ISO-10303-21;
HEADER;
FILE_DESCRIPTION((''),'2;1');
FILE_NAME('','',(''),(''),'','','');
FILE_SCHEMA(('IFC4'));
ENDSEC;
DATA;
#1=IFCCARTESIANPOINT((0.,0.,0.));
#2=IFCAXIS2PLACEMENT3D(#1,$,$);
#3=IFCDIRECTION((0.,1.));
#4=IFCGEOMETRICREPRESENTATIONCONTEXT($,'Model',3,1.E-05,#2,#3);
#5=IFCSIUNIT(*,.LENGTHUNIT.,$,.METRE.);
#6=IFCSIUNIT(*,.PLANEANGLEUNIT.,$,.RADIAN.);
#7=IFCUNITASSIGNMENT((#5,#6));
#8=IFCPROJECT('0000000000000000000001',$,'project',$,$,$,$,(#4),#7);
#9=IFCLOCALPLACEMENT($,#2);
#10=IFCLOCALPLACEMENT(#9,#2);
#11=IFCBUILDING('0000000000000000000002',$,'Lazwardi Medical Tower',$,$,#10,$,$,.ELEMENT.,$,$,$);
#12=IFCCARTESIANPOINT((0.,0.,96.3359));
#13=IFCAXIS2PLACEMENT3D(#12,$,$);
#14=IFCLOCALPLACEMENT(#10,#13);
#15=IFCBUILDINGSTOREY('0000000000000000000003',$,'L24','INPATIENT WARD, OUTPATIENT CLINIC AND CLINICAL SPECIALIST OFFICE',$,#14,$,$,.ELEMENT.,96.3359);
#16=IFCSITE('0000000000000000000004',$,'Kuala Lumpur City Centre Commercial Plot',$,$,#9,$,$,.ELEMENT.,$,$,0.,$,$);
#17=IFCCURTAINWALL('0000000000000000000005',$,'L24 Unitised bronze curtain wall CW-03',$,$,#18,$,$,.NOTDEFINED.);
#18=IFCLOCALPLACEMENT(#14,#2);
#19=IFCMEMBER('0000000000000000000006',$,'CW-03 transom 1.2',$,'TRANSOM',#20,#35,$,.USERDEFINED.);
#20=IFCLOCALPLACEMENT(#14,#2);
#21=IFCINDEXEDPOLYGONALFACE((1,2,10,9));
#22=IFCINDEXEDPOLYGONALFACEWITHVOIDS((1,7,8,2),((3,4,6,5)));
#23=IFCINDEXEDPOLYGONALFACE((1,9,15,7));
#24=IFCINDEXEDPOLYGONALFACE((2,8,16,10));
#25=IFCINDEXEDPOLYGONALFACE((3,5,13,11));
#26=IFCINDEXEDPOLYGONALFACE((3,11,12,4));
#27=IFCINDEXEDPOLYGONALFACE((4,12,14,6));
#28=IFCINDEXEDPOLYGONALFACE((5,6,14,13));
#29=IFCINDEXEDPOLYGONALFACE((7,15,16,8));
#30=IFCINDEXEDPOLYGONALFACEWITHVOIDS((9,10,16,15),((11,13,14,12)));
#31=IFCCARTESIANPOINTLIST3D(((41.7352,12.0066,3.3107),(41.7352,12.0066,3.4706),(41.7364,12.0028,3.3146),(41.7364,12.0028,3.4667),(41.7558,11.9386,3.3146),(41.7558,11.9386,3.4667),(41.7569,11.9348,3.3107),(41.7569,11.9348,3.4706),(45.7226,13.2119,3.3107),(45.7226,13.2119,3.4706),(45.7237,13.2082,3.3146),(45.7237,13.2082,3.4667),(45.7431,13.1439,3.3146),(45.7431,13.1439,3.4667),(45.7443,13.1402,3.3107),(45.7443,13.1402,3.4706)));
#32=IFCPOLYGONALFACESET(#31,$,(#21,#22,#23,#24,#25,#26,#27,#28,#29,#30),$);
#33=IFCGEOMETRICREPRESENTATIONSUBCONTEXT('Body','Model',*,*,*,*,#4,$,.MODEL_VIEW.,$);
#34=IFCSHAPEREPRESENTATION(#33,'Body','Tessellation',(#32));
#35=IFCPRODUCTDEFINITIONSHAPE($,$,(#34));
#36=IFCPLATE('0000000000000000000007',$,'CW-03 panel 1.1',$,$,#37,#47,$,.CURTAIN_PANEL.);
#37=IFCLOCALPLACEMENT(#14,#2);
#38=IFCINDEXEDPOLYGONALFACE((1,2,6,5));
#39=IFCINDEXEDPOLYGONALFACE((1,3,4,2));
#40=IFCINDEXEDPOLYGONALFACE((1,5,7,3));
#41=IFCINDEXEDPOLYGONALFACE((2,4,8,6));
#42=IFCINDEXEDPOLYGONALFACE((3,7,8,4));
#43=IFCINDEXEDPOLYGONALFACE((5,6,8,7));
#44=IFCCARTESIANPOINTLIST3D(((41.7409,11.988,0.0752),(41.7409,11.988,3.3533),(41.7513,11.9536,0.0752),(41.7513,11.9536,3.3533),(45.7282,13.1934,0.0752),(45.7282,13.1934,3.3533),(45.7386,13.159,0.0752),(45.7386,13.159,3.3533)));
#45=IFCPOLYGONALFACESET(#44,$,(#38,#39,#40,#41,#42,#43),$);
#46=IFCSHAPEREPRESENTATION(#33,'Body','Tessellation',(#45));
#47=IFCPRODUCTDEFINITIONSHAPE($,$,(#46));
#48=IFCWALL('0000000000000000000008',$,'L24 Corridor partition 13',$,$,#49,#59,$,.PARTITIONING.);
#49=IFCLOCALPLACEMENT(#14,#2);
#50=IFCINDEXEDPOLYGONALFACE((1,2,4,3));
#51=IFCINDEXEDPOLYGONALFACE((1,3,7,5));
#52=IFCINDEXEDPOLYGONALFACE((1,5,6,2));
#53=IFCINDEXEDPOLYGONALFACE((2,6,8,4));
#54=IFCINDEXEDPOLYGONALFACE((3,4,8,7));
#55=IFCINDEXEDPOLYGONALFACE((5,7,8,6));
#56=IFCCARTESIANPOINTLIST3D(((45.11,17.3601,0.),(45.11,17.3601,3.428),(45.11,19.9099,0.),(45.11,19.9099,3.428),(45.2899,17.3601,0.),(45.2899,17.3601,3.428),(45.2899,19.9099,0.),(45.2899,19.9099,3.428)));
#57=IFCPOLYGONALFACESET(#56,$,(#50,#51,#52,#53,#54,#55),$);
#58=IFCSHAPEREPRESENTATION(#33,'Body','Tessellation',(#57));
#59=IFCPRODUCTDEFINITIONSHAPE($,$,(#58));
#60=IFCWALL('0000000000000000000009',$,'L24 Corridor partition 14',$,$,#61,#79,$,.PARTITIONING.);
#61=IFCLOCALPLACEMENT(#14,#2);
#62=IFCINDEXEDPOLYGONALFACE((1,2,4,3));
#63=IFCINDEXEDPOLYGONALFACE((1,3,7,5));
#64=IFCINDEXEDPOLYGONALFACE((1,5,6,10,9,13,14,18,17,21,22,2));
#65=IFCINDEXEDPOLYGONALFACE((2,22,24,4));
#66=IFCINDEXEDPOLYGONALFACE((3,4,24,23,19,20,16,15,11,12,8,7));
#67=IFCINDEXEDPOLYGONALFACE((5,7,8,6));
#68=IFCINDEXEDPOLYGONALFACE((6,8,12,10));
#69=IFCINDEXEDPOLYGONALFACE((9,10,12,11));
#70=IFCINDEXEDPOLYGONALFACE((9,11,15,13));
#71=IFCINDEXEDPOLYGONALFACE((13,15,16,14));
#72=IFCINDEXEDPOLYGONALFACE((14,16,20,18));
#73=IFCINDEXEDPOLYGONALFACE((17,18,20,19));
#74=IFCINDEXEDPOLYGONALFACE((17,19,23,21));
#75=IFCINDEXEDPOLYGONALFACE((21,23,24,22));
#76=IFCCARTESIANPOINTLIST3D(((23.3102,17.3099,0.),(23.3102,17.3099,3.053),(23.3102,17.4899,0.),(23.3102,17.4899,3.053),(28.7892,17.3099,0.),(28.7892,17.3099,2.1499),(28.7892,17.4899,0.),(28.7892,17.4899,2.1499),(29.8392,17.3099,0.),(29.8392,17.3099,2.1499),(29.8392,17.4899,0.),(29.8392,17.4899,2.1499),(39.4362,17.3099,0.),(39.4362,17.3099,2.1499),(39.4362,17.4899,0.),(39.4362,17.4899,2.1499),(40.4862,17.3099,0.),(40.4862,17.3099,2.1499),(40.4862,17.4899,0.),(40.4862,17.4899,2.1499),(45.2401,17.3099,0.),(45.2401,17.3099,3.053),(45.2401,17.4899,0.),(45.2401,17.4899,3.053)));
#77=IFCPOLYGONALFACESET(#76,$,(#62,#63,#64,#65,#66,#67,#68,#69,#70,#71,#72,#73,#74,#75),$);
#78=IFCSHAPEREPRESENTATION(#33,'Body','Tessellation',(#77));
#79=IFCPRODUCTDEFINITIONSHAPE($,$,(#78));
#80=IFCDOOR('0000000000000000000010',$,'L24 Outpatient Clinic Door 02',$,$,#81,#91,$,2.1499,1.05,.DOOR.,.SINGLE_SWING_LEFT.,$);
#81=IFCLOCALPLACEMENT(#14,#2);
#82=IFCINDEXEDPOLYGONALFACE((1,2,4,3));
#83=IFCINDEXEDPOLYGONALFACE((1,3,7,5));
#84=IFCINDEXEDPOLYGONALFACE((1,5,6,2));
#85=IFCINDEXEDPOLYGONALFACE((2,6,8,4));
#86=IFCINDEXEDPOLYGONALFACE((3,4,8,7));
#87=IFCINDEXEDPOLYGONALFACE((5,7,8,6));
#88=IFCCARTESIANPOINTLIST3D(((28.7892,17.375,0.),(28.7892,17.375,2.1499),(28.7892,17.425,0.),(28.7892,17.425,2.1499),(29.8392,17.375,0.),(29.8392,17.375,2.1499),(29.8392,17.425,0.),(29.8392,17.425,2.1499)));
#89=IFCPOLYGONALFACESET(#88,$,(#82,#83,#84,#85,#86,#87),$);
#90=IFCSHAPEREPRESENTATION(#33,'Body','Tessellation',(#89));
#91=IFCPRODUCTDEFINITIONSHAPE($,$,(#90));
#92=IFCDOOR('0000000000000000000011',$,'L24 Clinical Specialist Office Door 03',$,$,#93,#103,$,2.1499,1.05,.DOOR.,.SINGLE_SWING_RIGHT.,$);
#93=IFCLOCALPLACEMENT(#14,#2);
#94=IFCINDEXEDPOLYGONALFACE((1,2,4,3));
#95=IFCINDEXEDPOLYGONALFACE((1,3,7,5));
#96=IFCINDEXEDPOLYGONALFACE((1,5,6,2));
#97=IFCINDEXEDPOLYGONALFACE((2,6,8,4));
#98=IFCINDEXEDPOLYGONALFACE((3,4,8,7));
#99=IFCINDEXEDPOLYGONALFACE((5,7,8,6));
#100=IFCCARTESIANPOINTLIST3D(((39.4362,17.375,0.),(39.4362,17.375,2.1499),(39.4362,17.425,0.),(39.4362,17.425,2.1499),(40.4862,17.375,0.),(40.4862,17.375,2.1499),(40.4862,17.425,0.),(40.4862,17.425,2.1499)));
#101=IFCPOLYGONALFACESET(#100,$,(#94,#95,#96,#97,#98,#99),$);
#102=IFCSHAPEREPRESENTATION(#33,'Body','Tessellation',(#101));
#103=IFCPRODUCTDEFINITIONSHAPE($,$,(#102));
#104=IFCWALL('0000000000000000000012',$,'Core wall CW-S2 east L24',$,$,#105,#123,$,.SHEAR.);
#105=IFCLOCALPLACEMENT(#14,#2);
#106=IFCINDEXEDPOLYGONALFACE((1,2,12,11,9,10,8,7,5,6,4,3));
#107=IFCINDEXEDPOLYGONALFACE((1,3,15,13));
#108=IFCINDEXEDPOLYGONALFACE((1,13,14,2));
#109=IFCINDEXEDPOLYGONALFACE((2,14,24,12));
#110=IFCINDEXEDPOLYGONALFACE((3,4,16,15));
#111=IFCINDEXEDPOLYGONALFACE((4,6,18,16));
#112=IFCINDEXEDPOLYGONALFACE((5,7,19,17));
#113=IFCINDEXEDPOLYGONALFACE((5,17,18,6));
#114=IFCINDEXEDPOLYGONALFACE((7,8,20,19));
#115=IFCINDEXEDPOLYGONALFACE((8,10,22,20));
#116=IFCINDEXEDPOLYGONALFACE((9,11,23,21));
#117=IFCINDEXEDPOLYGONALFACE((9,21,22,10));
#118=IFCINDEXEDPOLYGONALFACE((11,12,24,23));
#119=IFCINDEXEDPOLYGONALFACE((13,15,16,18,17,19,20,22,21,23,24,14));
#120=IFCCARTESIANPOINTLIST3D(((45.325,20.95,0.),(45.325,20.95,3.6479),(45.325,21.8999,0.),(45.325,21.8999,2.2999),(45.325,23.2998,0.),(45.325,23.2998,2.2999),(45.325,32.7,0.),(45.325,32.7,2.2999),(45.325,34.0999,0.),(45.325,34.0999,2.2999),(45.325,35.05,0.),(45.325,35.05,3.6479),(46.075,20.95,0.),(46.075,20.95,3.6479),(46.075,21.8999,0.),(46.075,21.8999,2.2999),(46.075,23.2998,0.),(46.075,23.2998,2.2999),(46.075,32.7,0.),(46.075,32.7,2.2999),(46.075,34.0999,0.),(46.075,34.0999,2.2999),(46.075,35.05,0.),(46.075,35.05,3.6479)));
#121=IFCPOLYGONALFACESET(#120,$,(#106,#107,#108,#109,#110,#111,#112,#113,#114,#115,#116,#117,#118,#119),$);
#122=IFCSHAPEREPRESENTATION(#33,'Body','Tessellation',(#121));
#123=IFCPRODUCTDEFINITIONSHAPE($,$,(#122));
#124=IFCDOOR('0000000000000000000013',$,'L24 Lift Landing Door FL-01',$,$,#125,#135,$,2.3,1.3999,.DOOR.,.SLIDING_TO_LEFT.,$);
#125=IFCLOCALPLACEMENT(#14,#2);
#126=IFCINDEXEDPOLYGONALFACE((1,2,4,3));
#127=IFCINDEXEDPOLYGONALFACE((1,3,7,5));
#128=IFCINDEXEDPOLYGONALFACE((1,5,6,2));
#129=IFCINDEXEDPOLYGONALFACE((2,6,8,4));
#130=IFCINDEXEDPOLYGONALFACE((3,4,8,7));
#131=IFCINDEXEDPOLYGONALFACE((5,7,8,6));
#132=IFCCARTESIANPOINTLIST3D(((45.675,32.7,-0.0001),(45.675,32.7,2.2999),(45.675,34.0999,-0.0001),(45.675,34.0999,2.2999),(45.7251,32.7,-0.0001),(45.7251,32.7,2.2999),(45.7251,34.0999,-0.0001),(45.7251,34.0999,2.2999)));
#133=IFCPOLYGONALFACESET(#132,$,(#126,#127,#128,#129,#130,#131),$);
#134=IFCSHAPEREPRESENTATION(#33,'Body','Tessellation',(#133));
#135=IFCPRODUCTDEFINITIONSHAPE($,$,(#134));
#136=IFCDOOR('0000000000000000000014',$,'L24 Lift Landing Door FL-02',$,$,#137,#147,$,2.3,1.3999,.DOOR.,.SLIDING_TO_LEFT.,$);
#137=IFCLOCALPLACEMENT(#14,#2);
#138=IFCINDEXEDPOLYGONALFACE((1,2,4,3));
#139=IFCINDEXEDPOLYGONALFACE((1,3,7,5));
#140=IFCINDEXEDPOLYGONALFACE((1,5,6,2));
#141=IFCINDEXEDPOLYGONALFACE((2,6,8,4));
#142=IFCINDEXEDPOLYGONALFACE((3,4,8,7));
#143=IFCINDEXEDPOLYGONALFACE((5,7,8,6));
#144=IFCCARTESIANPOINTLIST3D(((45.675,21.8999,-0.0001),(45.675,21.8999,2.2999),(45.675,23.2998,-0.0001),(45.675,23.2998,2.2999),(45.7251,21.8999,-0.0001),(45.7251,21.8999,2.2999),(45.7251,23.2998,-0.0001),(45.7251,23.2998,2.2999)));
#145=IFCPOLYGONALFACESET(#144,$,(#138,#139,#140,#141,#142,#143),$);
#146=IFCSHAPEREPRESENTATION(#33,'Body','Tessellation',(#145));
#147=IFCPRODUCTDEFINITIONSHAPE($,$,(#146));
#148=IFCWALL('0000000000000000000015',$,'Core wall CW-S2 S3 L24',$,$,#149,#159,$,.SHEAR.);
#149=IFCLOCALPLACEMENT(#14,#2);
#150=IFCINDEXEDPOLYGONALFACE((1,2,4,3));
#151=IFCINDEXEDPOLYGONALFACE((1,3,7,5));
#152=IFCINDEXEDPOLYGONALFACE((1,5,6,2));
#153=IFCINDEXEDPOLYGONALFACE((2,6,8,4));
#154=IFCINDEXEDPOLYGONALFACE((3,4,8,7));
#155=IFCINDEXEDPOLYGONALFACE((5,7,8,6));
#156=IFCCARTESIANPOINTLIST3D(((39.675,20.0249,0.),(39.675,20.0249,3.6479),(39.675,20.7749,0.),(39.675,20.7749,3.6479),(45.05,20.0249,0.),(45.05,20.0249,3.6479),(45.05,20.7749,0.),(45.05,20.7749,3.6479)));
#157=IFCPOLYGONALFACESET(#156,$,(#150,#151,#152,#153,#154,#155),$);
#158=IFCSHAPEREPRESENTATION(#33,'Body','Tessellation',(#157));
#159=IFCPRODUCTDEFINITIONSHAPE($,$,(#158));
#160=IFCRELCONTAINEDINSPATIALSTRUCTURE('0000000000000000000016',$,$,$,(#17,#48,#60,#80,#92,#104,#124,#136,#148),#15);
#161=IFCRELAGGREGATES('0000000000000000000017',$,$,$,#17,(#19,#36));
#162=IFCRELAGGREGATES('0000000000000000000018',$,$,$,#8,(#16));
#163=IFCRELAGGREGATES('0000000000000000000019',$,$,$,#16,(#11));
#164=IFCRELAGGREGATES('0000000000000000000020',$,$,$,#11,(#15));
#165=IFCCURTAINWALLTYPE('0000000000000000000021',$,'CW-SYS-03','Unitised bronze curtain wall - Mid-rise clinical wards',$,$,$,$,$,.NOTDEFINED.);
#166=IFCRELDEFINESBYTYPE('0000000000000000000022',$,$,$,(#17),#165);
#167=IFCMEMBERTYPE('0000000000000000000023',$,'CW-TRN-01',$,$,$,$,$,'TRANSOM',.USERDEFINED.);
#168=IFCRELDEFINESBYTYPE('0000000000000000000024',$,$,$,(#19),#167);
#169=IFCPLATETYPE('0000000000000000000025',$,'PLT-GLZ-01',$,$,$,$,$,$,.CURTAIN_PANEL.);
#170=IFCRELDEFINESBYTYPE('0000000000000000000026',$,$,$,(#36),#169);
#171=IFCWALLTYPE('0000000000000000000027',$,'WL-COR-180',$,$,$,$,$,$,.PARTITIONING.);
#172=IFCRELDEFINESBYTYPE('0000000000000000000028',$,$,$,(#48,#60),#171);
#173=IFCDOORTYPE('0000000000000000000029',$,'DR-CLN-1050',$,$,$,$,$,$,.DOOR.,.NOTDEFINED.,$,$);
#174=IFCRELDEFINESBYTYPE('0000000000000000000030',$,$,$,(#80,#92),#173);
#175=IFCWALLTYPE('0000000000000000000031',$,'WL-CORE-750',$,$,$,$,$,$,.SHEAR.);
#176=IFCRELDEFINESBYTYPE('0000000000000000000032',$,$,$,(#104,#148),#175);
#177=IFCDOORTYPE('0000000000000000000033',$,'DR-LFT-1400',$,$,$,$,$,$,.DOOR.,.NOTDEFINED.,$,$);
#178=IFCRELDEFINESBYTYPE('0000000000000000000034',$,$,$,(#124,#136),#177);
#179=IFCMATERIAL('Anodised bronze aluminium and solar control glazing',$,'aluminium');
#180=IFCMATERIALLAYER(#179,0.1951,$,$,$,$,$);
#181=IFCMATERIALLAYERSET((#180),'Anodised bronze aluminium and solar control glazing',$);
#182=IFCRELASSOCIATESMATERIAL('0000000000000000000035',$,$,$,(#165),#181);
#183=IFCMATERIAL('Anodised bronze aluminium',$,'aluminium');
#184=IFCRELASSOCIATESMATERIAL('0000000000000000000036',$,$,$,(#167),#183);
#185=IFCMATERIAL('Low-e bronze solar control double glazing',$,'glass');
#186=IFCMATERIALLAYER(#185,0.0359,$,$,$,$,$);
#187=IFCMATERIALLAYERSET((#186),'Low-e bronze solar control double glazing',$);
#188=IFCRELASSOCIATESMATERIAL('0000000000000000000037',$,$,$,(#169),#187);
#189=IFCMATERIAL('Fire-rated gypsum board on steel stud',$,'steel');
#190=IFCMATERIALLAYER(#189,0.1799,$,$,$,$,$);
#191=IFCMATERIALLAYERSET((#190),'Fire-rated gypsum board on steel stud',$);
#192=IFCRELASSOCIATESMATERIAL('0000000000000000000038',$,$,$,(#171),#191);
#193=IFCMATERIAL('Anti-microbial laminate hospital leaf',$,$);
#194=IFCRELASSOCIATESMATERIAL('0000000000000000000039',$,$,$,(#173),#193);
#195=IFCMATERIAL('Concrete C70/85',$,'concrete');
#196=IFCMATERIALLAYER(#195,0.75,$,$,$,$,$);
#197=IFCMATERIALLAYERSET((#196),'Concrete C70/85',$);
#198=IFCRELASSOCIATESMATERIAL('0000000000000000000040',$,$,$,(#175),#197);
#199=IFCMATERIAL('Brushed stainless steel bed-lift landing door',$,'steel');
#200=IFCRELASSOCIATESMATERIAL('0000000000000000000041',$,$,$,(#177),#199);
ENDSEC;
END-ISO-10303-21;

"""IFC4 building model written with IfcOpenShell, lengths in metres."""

from ifc_helpers import new_model, si_unit, direction, frame, frame_2d, origin, origin_2d, place, context, subcontext, project, spatial, rectangle, hollow_rectangle, extrude, material, layer, layer_set, material_profile, profile_set, type_object, element, fill, aggregate, save


model = new_model("IFC4")

# Units and contexts
model_context = context("Model", 3, precision=1e-05, world=origin(), true_north=direction((0.0, 1.0)))
body_context = subcontext(model_context, "Body", "Model", "MODEL_VIEW")
ifc_project = project(units=[si_unit("LENGTHUNIT", "METRE"), si_unit("PLANEANGLEUNIT", "RADIAN")], contexts=[model_context])

# Site, building, storey
site_placement = place(None, origin())
site = spatial("IfcSite", under=ifc_project, at=site_placement, Name="Kuala Lumpur City Centre Commercial Plot", CompositionType="ELEMENT", RefElevation=0.0)
building_placement = place(site_placement, origin())
building = spatial("IfcBuilding", under=site, at=building_placement, Name="Lazwardi Medical Tower", CompositionType="ELEMENT")
storey_placement = place(building_placement, frame((0.0, 0.0, 96.3359)))
storey = spatial("IfcBuildingStorey", under=building, at=storey_placement, Name="L24", Description="INPATIENT WARD, OUTPATIENT CLINIC AND CLINICAL SPECIALIST OFFICE", CompositionType="ELEMENT", Elevation=96.3359)

# Shared definitions
ifc_material_1 = material(Name="Concrete C70/85", Category="concrete")

# Curtain wall, member, plate
ifc_material_2 = material(Name="Anodised bronze aluminium and solar control glazing", Category="aluminium")
ifc_layer_1 = layer(ifc_material_2, 0.1951)
ifc_layer_set_1 = layer_set([ifc_layer_1], Name="Anodised bronze aluminium and solar control glazing")
curtain_wall_type = type_object("IfcCurtainWallType", Name="CW-SYS-03", Description="Unitised bronze curtain wall - Mid-rise clinical wards", PredefinedType="NOTDEFINED", material=ifc_layer_set_1)
curtain_wall_placement = place(storey_placement, origin())
curtain_wall = element("IfcCurtainWall", 1, at=curtain_wall_placement, inside=storey, type_object=curtain_wall_type, Name="L24 Unitised bronze curtain wall CW-03", PredefinedType="NOTDEFINED")
ifc_material_3 = material(Name="Anodised bronze aluminium", Category="aluminium")
ifc_material_profile_1 = material_profile(ifc_material_3, hollow_rectangle(XDim=0.075, YDim=0.1599, WallThickness=0.0039, at=origin_2d()), Name="ALU-TRANSOM 160x75x4")
ifc_profile_set_1 = profile_set([ifc_material_profile_1], Name="Anodised bronze aluminium")
member_type = type_object("IfcMemberType", Name="CW-TRN-01", ElementType="TRANSOM", PredefinedType="USERDEFINED", material=ifc_profile_set_1)
member_placement = place(storey_placement, frame((41.7461, 11.9707, 3.3906), z_axis=(0.957221, 0.289358, 0.0), x_axis=(-0.289358, 0.957221, 0.0)))
member = element("IfcMember", 2, at=member_placement, type_object=member_type, Name="CW-03 transom 1.2", ObjectType="TRANSOM", PredefinedType="USERDEFINED", context=body_context, shape_type="SweptSolid", body=[
    extrude(hollow_rectangle(XDim=0.075, YDim=0.1599, WallThickness=0.0039, at=origin_2d()), origin(), (0.0, 0.0, 1.0), 4.1655),
])
ifc_material_4 = material(Name="Low-e bronze solar control double glazing", Category="glass")
ifc_layer_2 = layer(ifc_material_4, 0.0359)
ifc_layer_set_2 = layer_set([ifc_layer_2], Name="Low-e bronze solar control double glazing")
plate_type = type_object("IfcPlateType", Name="PLT-GLZ-01", PredefinedType="CURTAIN_PANEL", material=ifc_layer_set_2)
plate_placement = place(storey_placement, frame((43.7397, 12.5735, 0.0752), z_axis=(0.0, 0.0, 1.0), x_axis=(0.957216, 0.289374, 0.0)))
plate = element("IfcPlate", 3, at=plate_placement, type_object=plate_type, Name="CW-03 panel 1.1", PredefinedType="CURTAIN_PANEL", context=body_context, shape_type="SweptSolid", body=[
    extrude(rectangle(XDim=4.1655, YDim=0.0359, at=origin_2d()), origin(), (0.0, 0.0, 1.0), 3.2781),
])
aggregate(curtain_wall, [member, plate])

# Wall
ifc_material_5 = material(Name="Fire-rated gypsum board on steel stud", Category="steel")
ifc_layer_3 = layer(ifc_material_5, 0.1799)
ifc_layer_set_3 = layer_set([ifc_layer_3], Name="Fire-rated gypsum board on steel stud")
wall_type_1 = type_object("IfcWallType", Name="WL-COR-180", PredefinedType="PARTITIONING", material=ifc_layer_set_3)
wall_1_placement = place(storey_placement, frame((45.2, 19.9099, 0.0), z_axis=(0.0, 0.0, 1.0), x_axis=(0.0, -1.0, 0.0)))
element("IfcWall", 4, at=wall_1_placement, inside=storey, type_object=wall_type_1, Name="L24 Corridor partition 13", PredefinedType="PARTITIONING", context=body_context, shape_type="SweptSolid", body=[
    extrude(rectangle(XDim=2.5498, YDim=0.1799, at=frame_2d((1.2749, 0.0))), origin(), (0.0, 0.0, 1.0), 3.428),
])

# Walls, openings, doors
wall_2_placement = place(storey_placement, frame((45.24, 17.3999, 0.0), z_axis=(0.0, 0.0, 1.0), x_axis=(-1.0, 0.0, 0.0)))
wall_2 = element("IfcWall", 5, at=wall_2_placement, inside=storey, type_object=wall_type_1, Name="L24 Corridor partition 14", PredefinedType="PARTITIONING", context=body_context, shape_type="SweptSolid", body=[
    extrude(rectangle(XDim=21.9299, YDim=0.1799, at=frame_2d((10.9648, 0.0))), origin(), (0.0, 0.0, 1.0), 3.053),
])
opening_1_placement = place(wall_2_placement, frame((15.4009, 0.0, 0.0)))
opening_1 = element("IfcOpeningElement", 6, at=opening_1_placement, cuts=wall_2, PredefinedType="OPENING", context=body_context, shape_type="SweptSolid", body=[
    extrude(rectangle(XDim=1.05, YDim=2.1499, at=frame_2d((0.5249, 1.075))), frame((0.0, 0.0999, 0.0), z_axis=(0.0, -1.0, 0.0), x_axis=(1.0, 0.0, 0.0)), (0.0, 0.0, 1.0), 0.2),
])
opening_2_placement = place(wall_2_placement, frame((4.7539, 0.0, 0.0)))
opening_2 = element("IfcOpeningElement", 7, at=opening_2_placement, cuts=wall_2, PredefinedType="OPENING", context=body_context, shape_type="SweptSolid", body=[
    extrude(rectangle(XDim=1.05, YDim=2.1499, at=frame_2d((0.5249, 1.075))), frame((0.0, 0.0999, 0.0), z_axis=(0.0, -1.0, 0.0), x_axis=(1.0, 0.0, 0.0)), (0.0, 0.0, 1.0), 0.2),
])
ifc_material_6 = material(Name="Anti-microbial laminate hospital leaf")
door_type_1 = type_object("IfcDoorType", Name="DR-CLN-1050", OperationType="NOTDEFINED", PredefinedType="DOOR", material=ifc_material_6)
door_1_placement = place(opening_1_placement, origin())
door_1 = element("IfcDoor", 8, at=door_1_placement, inside=storey, type_object=door_type_1, Name="L24 Outpatient Clinic Door 02", OperationType="SINGLE_SWING_LEFT", OverallHeight=2.1499, OverallWidth=1.05, PredefinedType="DOOR", context=body_context, shape_type="SweptSolid", body=[
    extrude(rectangle(XDim=1.05, YDim=2.1499, at=frame_2d((0.5249, 1.075))), frame((0.0, 0.0249, 0.0), z_axis=(0.0, -1.0, 0.0), x_axis=(1.0, 0.0, 0.0)), (0.0, 0.0, 1.0), 0.05),
])
fill(opening_1, door_1)
door_2_placement = place(opening_2_placement, origin())
door_2 = element("IfcDoor", 9, at=door_2_placement, inside=storey, type_object=door_type_1, Name="L24 Clinical Specialist Office Door 03", OperationType="SINGLE_SWING_RIGHT", OverallHeight=2.1499, OverallWidth=1.05, PredefinedType="DOOR", context=body_context, shape_type="SweptSolid", body=[
    extrude(rectangle(XDim=1.05, YDim=2.1499, at=frame_2d((0.5249, 1.075))), frame((0.0, 0.0249, 0.0), z_axis=(0.0, -1.0, 0.0), x_axis=(1.0, 0.0, 0.0)), (0.0, 0.0, 1.0), 0.05),
])
fill(opening_2, door_2)
ifc_layer_4 = layer(ifc_material_1, 0.75)
ifc_layer_set_4 = layer_set([ifc_layer_4], Name="Concrete C70/85")
wall_type_2 = type_object("IfcWallType", Name="WL-CORE-750", PredefinedType="SHEAR", material=ifc_layer_set_4)
wall_3_placement = place(storey_placement, frame((45.7, 20.95, 0.0), z_axis=(0.0, 0.0, 1.0), x_axis=(0.0, 1.0, 0.0)))
wall_3 = element("IfcWall", 10, at=wall_3_placement, inside=storey, type_object=wall_type_2, Name="Core wall CW-S2 east L24", PredefinedType="SHEAR", context=body_context, shape_type="SweptSolid", body=[
    extrude(rectangle(XDim=14.1001, YDim=0.75, at=frame_2d((7.05, 0.0))), origin(), (0.0, 0.0, 1.0), 3.6479),
])
opening_3_placement = place(wall_3_placement, frame((11.75, 0.0, 0.0)))
opening_3 = element("IfcOpeningElement", 11, at=opening_3_placement, cuts=wall_3, PredefinedType="OPENING", context=body_context, shape_type="SweptSolid", body=[
    extrude(rectangle(XDim=1.3999, YDim=2.3, at=frame_2d((0.7, 1.1499))), frame((0.0, 0.385, 0.0), z_axis=(0.0, -1.0, 0.0), x_axis=(1.0, 0.0, 0.0)), (0.0, 0.0, 1.0), 0.77),
])
opening_4_placement = place(wall_3_placement, frame((0.95, 0.0, 0.0)))
opening_4 = element("IfcOpeningElement", 12, at=opening_4_placement, cuts=wall_3, PredefinedType="OPENING", context=body_context, shape_type="SweptSolid", body=[
    extrude(rectangle(XDim=1.3999, YDim=2.3, at=frame_2d((0.7, 1.1499))), frame((0.0, 0.385, 0.0), z_axis=(0.0, -1.0, 0.0), x_axis=(1.0, 0.0, 0.0)), (0.0, 0.0, 1.0), 0.77),
])
ifc_material_7 = material(Name="Brushed stainless steel bed-lift landing door", Category="steel")
door_type_2 = type_object("IfcDoorType", Name="DR-LFT-1400", OperationType="NOTDEFINED", PredefinedType="DOOR", material=ifc_material_7)
door_3_placement = place(opening_3_placement, origin())
door_3 = element("IfcDoor", 13, at=door_3_placement, inside=storey, type_object=door_type_2, Name="L24 Lift Landing Door FL-01", OperationType="SLIDING_TO_LEFT", OverallHeight=2.3, OverallWidth=1.3999, PredefinedType="DOOR", context=body_context, shape_type="SweptSolid", body=[
    extrude(rectangle(XDim=1.3999, YDim=2.3, at=frame_2d((0.7, 1.1499))), frame((0.0, 0.0249, 0.0), z_axis=(0.0, -1.0, 0.0), x_axis=(1.0, 0.0, 0.0)), (0.0, 0.0, 1.0), 0.05),
])
fill(opening_3, door_3)
door_4_placement = place(opening_4_placement, origin())
door_4 = element("IfcDoor", 14, at=door_4_placement, inside=storey, type_object=door_type_2, Name="L24 Lift Landing Door FL-02", OperationType="SLIDING_TO_LEFT", OverallHeight=2.3, OverallWidth=1.3999, PredefinedType="DOOR", context=body_context, shape_type="SweptSolid", body=[
    extrude(rectangle(XDim=1.3999, YDim=2.3, at=frame_2d((0.7, 1.1499))), frame((0.0, 0.0249, 0.0), z_axis=(0.0, -1.0, 0.0), x_axis=(1.0, 0.0, 0.0)), (0.0, 0.0, 1.0), 0.05),
])
fill(opening_4, door_4)

# Wall
wall_4_placement = place(storey_placement, frame((39.675, 20.3999, 0.0), z_axis=(0.0, 0.0, 1.0), x_axis=(1.0, 0.0, 0.0)))
element("IfcWall", 15, at=wall_4_placement, inside=storey, type_object=wall_type_2, Name="Core wall CW-S2 S3 L24", PredefinedType="SHEAR", context=body_context, shape_type="SweptSolid", body=[
    extrude(rectangle(XDim=5.375, YDim=0.75, at=frame_2d((2.6875, 0.0))), origin(), (0.0, 0.0, 1.0), 3.6479),
])

save(model, "model.ifc")
